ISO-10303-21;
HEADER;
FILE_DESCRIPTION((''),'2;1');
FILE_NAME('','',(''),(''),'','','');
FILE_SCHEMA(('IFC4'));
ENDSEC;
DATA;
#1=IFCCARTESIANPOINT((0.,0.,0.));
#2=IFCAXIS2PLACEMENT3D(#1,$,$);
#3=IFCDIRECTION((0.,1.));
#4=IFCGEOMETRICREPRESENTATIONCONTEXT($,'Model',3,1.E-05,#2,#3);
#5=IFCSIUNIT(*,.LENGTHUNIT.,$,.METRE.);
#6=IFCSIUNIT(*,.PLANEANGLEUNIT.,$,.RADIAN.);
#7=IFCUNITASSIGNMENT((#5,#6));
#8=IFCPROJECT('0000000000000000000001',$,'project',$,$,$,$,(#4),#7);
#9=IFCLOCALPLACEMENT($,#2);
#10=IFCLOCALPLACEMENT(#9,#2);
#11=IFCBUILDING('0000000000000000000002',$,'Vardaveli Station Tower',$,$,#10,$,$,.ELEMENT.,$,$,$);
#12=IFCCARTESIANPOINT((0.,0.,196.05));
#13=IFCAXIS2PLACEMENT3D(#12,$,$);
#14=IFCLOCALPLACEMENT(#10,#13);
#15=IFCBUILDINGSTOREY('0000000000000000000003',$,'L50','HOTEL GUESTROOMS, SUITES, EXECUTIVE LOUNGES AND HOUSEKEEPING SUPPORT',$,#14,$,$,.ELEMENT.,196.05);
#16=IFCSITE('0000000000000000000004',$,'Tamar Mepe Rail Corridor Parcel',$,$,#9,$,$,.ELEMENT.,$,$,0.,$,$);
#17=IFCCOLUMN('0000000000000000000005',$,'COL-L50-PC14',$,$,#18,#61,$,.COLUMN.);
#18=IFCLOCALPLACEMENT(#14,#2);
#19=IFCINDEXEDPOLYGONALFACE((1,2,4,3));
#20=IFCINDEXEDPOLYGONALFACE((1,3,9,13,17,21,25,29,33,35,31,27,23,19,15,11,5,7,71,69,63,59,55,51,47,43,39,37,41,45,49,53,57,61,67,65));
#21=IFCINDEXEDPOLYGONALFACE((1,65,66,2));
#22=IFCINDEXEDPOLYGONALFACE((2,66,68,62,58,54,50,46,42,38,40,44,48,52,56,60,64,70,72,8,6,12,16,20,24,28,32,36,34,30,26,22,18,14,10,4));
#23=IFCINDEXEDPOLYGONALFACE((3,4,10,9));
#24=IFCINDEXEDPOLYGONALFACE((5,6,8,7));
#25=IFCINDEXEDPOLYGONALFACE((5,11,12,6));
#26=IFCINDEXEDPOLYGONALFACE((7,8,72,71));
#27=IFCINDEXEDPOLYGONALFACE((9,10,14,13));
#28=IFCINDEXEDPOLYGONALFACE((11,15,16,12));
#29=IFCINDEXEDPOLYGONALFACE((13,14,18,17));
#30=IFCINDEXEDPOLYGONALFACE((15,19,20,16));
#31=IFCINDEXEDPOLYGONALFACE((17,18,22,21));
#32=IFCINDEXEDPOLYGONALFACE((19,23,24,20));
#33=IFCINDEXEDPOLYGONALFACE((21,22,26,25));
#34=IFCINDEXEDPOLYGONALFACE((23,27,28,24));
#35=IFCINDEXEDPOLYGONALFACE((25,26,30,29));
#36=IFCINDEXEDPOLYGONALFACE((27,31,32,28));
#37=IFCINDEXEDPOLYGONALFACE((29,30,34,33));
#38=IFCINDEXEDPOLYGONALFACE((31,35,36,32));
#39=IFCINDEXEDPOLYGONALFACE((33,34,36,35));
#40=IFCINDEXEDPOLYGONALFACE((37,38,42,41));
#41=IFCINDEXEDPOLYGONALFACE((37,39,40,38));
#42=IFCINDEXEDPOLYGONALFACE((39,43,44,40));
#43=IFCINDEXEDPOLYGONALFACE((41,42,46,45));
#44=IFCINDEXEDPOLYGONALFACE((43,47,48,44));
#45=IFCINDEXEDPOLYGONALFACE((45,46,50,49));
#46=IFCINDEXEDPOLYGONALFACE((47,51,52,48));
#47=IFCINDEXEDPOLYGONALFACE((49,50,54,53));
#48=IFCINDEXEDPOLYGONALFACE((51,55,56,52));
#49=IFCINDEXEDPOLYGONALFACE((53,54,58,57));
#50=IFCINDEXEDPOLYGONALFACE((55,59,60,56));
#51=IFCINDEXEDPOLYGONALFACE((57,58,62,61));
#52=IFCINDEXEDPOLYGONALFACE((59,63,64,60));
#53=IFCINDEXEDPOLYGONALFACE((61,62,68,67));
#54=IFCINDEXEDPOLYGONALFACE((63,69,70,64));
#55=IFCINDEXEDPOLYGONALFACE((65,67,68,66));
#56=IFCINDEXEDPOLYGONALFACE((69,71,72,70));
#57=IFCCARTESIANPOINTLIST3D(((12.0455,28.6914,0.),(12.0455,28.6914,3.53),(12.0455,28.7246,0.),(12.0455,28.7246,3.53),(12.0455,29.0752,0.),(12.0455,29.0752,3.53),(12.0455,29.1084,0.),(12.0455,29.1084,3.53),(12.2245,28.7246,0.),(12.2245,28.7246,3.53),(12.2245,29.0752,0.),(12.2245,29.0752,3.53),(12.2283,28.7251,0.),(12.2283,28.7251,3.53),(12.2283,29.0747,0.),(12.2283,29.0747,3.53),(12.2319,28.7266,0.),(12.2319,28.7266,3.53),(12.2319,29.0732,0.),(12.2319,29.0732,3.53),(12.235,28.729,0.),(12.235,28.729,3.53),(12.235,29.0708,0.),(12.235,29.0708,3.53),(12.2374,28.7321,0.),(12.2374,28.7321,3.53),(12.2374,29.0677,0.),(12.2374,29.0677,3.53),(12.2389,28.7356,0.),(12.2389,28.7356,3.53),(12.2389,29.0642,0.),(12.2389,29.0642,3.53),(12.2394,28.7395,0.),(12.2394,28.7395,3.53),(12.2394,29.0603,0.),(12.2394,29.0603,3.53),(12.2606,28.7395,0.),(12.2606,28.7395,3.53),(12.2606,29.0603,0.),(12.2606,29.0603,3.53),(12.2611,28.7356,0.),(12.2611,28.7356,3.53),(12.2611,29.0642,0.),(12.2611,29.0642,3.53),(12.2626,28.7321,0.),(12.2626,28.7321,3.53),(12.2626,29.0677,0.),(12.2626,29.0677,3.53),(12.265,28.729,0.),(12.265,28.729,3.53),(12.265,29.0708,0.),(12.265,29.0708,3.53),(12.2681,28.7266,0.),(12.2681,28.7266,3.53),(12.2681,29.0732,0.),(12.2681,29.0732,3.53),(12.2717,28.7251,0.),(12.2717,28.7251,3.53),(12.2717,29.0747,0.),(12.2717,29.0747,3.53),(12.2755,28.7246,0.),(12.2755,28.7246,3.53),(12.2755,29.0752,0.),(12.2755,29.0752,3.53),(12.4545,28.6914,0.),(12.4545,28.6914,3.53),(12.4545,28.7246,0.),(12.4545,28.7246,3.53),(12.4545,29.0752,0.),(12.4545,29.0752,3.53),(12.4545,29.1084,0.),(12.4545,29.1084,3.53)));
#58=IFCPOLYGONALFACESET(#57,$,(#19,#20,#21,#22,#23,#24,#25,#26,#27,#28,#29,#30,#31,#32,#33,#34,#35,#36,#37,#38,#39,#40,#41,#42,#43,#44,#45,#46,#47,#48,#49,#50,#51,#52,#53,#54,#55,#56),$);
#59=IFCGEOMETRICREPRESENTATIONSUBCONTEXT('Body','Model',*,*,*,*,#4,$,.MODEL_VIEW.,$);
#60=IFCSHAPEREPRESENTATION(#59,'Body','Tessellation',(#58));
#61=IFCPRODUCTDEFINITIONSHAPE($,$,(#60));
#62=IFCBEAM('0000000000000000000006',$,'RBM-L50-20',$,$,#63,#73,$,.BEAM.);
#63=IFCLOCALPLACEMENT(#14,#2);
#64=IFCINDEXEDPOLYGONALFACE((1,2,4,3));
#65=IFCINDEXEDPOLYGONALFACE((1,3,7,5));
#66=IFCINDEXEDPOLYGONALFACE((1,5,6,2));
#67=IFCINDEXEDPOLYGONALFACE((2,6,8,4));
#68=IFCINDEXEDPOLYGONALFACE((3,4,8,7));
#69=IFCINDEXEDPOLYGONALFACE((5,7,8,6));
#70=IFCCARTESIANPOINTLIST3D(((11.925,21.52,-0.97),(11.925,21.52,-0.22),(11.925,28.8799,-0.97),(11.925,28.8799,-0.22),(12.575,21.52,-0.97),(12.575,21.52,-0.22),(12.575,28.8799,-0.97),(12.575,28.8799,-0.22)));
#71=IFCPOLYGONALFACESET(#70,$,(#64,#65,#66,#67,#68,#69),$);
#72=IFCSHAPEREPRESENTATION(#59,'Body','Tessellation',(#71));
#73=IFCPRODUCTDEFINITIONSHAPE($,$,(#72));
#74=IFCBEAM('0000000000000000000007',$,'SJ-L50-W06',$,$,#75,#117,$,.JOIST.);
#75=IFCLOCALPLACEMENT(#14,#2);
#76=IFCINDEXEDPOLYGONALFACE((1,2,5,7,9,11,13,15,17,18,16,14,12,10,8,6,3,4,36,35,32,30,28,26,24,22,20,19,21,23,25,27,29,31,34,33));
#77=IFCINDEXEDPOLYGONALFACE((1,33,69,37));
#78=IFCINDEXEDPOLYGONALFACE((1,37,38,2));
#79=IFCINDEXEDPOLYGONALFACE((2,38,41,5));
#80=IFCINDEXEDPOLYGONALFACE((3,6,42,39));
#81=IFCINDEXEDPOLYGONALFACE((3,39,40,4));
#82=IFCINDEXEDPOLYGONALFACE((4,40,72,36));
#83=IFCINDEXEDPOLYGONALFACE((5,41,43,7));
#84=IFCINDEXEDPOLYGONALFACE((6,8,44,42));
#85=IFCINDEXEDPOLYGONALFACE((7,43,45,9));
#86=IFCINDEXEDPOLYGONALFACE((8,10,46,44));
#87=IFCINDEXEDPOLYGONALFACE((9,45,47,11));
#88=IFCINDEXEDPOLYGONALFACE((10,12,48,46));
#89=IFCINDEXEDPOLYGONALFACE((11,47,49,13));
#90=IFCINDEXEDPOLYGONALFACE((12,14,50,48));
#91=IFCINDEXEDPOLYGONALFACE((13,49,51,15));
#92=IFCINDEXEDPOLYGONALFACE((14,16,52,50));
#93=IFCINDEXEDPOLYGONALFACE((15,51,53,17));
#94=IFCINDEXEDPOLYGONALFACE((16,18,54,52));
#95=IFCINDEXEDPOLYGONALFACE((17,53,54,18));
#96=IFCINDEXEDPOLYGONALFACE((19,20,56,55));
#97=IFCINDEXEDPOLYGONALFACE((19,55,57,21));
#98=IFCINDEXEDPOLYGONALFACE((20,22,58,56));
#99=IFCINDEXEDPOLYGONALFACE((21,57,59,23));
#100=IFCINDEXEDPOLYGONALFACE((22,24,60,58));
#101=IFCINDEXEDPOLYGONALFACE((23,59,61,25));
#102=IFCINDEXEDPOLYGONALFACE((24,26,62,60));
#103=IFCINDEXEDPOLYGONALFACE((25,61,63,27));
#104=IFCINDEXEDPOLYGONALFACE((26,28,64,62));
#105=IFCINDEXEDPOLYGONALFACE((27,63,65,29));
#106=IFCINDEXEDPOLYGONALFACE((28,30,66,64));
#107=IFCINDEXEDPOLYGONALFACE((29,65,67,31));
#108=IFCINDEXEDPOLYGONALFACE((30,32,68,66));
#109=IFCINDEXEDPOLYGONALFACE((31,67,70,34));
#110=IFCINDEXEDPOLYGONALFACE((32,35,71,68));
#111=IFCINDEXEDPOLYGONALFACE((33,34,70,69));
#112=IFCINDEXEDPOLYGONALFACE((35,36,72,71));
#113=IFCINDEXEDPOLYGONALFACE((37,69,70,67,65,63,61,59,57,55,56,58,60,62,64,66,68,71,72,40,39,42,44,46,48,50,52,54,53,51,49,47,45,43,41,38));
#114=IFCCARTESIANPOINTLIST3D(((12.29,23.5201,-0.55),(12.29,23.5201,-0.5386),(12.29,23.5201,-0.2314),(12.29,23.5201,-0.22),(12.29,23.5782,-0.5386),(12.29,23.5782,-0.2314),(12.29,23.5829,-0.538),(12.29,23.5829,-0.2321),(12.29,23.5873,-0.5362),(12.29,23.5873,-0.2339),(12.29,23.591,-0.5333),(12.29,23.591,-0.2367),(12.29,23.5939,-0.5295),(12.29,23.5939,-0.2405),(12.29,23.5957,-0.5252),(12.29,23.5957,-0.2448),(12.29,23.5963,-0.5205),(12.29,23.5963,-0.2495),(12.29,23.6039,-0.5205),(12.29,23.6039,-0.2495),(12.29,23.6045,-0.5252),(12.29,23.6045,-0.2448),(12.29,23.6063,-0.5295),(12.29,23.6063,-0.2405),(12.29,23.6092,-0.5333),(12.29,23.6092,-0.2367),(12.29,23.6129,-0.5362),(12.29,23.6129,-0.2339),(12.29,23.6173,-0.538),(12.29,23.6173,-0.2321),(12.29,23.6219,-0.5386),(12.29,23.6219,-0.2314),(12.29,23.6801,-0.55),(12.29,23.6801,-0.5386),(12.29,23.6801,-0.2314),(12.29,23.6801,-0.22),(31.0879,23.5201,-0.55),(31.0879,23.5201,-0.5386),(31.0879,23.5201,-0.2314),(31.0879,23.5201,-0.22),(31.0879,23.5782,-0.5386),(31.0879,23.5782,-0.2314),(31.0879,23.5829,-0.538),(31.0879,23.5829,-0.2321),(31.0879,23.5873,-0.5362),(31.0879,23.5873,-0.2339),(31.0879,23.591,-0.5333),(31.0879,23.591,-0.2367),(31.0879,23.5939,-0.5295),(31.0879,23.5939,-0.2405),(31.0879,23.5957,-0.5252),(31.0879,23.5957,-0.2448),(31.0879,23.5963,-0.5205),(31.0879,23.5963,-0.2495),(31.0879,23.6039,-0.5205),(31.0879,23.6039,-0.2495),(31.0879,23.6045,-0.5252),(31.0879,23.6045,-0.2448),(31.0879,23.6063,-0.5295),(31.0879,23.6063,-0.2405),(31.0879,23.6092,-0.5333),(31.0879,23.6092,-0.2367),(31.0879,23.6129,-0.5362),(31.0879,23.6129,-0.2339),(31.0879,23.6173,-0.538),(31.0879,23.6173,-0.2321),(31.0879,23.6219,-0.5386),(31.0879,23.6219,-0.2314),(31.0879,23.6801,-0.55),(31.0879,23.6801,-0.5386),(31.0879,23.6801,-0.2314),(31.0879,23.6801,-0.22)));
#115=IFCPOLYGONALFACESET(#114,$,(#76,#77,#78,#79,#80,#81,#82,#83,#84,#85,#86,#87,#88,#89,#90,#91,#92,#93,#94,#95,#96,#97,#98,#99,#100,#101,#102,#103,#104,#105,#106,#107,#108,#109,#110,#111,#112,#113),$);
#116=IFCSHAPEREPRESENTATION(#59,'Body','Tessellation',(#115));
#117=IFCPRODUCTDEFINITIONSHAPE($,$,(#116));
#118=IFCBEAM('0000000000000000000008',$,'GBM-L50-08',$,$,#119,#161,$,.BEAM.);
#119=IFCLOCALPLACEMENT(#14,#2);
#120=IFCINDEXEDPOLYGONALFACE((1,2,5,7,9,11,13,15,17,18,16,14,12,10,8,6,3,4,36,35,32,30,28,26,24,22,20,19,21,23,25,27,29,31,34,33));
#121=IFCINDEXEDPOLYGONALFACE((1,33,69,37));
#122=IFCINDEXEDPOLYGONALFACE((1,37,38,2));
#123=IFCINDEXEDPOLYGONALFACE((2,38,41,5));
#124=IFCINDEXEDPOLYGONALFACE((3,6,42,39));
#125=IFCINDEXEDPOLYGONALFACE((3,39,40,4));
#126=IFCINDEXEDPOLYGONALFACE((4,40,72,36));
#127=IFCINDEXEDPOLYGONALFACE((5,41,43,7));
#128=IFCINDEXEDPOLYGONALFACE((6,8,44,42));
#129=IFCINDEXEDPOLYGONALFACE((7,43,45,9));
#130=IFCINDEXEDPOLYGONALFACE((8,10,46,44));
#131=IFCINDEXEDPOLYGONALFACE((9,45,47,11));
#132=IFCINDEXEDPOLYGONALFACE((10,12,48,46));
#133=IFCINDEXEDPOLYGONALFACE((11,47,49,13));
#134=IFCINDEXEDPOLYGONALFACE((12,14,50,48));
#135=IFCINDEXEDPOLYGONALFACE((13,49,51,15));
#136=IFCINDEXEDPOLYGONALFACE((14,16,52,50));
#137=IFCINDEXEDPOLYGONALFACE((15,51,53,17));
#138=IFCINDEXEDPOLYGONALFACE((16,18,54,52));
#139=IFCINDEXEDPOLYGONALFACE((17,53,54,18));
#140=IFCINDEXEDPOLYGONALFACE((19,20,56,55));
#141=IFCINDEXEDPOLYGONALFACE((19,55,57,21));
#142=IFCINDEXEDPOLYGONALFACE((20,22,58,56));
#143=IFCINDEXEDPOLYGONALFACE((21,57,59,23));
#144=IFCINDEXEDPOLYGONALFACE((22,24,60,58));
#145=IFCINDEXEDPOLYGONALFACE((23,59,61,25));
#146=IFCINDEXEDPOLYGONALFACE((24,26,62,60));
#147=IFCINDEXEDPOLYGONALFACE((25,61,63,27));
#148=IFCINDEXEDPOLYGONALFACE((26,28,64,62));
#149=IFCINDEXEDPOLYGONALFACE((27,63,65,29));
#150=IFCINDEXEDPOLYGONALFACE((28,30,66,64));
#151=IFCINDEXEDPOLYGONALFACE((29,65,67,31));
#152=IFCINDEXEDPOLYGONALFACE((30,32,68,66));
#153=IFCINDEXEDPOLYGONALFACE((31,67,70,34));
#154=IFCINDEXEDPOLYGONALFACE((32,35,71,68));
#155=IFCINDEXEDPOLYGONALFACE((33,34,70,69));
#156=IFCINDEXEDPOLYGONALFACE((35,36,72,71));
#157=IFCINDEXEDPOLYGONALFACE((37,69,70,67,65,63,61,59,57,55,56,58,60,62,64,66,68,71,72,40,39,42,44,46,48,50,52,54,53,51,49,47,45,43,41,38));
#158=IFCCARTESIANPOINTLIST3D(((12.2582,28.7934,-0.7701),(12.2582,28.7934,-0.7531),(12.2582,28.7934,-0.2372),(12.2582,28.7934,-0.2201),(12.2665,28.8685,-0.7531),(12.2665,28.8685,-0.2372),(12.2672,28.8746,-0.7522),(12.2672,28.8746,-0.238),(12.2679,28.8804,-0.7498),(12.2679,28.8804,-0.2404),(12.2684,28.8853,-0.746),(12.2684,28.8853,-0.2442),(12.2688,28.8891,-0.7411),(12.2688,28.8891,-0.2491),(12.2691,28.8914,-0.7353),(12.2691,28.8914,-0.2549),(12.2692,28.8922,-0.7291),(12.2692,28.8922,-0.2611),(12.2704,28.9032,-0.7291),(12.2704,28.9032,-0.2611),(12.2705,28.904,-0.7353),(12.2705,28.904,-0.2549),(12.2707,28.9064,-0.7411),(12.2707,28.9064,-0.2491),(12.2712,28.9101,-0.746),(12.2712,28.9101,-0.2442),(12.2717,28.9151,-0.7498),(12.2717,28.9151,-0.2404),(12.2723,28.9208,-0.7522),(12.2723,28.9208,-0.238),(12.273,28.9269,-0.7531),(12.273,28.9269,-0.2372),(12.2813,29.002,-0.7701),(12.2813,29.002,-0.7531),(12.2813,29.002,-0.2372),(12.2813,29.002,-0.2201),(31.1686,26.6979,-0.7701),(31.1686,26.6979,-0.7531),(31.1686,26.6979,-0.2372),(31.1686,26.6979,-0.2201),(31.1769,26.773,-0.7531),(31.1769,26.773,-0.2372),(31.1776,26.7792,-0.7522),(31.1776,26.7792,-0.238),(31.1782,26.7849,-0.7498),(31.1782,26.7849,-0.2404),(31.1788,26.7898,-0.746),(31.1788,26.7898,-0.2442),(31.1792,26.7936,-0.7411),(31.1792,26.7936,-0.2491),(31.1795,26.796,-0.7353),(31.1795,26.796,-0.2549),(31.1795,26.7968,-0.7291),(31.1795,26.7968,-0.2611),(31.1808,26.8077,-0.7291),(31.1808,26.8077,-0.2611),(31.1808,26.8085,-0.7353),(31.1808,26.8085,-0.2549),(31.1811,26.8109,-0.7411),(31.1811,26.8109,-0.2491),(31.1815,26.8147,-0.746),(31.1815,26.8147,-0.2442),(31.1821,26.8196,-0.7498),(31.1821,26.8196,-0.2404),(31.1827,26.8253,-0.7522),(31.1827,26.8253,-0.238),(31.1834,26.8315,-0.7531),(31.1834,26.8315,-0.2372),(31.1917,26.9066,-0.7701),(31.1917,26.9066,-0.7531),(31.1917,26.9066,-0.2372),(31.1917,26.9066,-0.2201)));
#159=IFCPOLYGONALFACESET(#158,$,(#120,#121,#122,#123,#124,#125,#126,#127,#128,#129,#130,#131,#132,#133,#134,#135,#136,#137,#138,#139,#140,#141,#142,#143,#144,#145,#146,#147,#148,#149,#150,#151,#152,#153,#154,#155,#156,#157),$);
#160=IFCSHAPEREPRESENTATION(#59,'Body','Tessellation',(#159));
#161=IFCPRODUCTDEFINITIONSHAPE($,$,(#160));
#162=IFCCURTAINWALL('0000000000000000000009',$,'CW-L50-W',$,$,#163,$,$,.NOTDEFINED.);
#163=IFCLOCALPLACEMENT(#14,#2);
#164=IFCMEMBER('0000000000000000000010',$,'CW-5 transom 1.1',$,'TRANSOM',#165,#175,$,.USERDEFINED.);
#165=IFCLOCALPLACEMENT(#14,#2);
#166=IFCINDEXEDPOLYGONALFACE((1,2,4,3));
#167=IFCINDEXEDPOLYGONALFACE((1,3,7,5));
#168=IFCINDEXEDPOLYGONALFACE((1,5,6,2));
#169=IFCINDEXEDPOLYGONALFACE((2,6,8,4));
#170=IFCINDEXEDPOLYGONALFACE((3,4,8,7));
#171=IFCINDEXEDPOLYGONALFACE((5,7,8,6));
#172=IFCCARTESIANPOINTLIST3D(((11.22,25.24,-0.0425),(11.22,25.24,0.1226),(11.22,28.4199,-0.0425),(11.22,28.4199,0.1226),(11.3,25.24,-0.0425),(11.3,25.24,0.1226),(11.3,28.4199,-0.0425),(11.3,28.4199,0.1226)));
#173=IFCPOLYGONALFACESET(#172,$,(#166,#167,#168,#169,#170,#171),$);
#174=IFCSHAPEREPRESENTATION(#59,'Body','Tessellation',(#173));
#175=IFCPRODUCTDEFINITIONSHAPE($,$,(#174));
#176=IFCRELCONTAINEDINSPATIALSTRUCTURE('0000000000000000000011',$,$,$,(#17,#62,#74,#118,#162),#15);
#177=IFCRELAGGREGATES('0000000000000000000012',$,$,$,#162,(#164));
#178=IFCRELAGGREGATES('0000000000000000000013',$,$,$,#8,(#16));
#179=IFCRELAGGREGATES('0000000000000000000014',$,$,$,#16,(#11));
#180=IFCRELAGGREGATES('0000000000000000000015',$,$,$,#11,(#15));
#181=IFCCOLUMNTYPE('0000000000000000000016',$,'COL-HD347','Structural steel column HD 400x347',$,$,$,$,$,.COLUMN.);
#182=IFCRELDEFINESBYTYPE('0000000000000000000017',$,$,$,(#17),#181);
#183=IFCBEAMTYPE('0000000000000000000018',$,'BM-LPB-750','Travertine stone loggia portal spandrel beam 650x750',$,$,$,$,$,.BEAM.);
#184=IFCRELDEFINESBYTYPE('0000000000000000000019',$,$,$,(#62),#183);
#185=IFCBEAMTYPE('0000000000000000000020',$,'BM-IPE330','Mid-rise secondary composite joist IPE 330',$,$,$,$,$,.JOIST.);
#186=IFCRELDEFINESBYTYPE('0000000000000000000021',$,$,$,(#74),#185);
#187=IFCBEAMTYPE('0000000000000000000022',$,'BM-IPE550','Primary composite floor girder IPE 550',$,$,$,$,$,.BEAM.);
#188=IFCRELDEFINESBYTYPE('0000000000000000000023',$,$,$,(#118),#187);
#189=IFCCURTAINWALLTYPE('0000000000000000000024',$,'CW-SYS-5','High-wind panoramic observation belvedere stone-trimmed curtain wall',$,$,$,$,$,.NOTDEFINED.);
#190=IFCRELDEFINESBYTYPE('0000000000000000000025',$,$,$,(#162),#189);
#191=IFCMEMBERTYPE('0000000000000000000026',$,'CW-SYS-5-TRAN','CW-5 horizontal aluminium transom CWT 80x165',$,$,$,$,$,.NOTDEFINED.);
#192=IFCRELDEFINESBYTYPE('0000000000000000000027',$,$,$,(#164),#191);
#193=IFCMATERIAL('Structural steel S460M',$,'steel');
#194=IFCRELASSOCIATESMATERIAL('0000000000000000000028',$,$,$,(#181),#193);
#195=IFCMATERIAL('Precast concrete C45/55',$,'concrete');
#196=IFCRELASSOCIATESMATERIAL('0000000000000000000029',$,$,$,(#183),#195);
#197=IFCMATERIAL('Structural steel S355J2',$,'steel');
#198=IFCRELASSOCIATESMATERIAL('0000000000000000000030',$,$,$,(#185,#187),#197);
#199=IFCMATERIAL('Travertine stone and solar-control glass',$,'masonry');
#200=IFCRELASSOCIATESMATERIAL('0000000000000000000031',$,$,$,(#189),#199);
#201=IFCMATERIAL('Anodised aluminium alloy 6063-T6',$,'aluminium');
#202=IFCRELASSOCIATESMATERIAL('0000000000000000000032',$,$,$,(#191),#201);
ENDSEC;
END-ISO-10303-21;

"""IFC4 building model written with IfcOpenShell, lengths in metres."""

from ifc_helpers import new_model, si_unit, direction, frame, origin, origin_2d, place, context, subcontext, project, spatial, rectangle, i_section, extrude, source, transform, mapped, material, material_profile, profile_set, type_object, element, aggregate, save


model = new_model("IFC4")

# Units and contexts
model_context = context("Model", 3, precision=1e-05, world=origin(), true_north=direction((0.0, 1.0)))
body_context = subcontext(model_context, "Body", "Model", "MODEL_VIEW")
ifc_project = project(units=[si_unit("LENGTHUNIT", "METRE"), si_unit("PLANEANGLEUNIT", "RADIAN")], contexts=[model_context])

# Site, building, storey
site_placement = place(None, origin())
site = spatial("IfcSite", under=ifc_project, at=site_placement, Name="Tamar Mepe Rail Corridor Parcel", CompositionType="ELEMENT", RefElevation=0.0)
building_placement = place(site_placement, origin())
building = spatial("IfcBuilding", under=site, at=building_placement, Name="Vardaveli Station Tower", CompositionType="ELEMENT")
storey_placement = place(building_placement, frame((0.0, 0.0, 196.05)))
storey = spatial("IfcBuildingStorey", under=building, at=storey_placement, Name="L50", Description="HOTEL GUESTROOMS, SUITES, EXECUTIVE LOUNGES AND HOUSEKEEPING SUPPORT", CompositionType="ELEMENT", Elevation=196.05)

# Column
ifc_material_1 = material(Name="Structural steel S460M", Category="steel")
ifc_material_profile_1 = material_profile(ifc_material_1, i_section(OverallWidth=0.4089, OverallDepth=0.417, WebThickness=0.0212, FlangeThickness=0.0332, FilletRadius=0.0149, at=origin_2d()), Name="HD 400x347")
ifc_profile_set_1 = profile_set([ifc_material_profile_1], Name="Structural steel S460M")
column_type = type_object("IfcColumnType", Name="COL-HD347", Description="Structural steel column HD 400x347", PredefinedType="COLUMN", material=ifc_profile_set_1)
shared_shape_1 = source(origin(), body_context, "Body", "SweptSolid", [
    extrude(i_section(OverallWidth=0.4089, OverallDepth=0.417, WebThickness=0.0212, FlangeThickness=0.0332, FilletRadius=0.0149, at=origin_2d()), origin(), (0.0, 0.0, 1.0), 3.53),
])
column_placement = place(storey_placement, frame((12.25, 28.8999, 0.0), z_axis=(0.0, 0.0, 1.0), x_axis=(1.0, 0.0, 0.0)))
element("IfcColumn", 1, at=column_placement, inside=storey, type_object=column_type, Name="COL-L50-PC14", PredefinedType="COLUMN", context=body_context, shape_type="MappedRepresentation", body=[
    mapped(shared_shape_1, transform((0.0, 0.0, 0.0), scale=1.0)),
])

# Beams
ifc_material_2 = material(Name="Precast concrete C45/55", Category="concrete")
ifc_material_profile_2 = material_profile(ifc_material_2, rectangle(XDim=0.6499, YDim=0.75, at=origin_2d()), Name="LPB 650x750")
ifc_profile_set_2 = profile_set([ifc_material_profile_2], Name="Precast concrete C45/55")
beam_type_1 = type_object("IfcBeamType", Name="BM-LPB-750", Description="Travertine stone loggia portal spandrel beam 650x750", PredefinedType="BEAM", material=ifc_profile_set_2)
shared_shape_2 = source(origin(), body_context, "Body", "SweptSolid", [
    extrude(rectangle(XDim=0.6499, YDim=0.75, at=origin_2d()), origin(), (0.0, 0.0, 1.0), 7.3599),
])
beam_1_placement = place(storey_placement, frame((12.25, 28.8799, -0.595), z_axis=(0.0, -1.0, 0.0), x_axis=(1.0, 0.0, 0.0)))
element("IfcBeam", 2, at=beam_1_placement, inside=storey, type_object=beam_type_1, Name="RBM-L50-20", PredefinedType="BEAM", context=body_context, shape_type="MappedRepresentation", body=[
    mapped(shared_shape_2, transform((0.0, 0.0, 0.0), scale=1.0)),
])
ifc_material_3 = material(Name="Structural steel S355J2", Category="steel")
ifc_material_profile_3 = material_profile(ifc_material_3, i_section(OverallWidth=0.1599, OverallDepth=0.3301, WebThickness=0.0076, FlangeThickness=0.0115, FilletRadius=0.0181, at=origin_2d()), Name="IPE 330")
ifc_profile_set_3 = profile_set([ifc_material_profile_3], Name="Structural steel S355J2")
beam_type_2 = type_object("IfcBeamType", Name="BM-IPE330", Description="Mid-rise secondary composite joist IPE 330", PredefinedType="JOIST", material=ifc_profile_set_3)
shared_shape_3 = source(origin(), body_context, "Body", "SweptSolid", [
    extrude(i_section(OverallWidth=0.1599, OverallDepth=0.3301, WebThickness=0.0076, FlangeThickness=0.0115, FilletRadius=0.0181, at=origin_2d()), origin(), (0.0, 0.0, 1.0), 18.7979),
])
beam_2_placement = place(storey_placement, frame((12.29, 23.6001, -0.385), z_axis=(1.0, 0.0, 0.0), x_axis=(0.0, 1.0, 0.0)))
element("IfcBeam", 3, at=beam_2_placement, inside=storey, type_object=beam_type_2, Name="SJ-L50-W06", PredefinedType="JOIST", context=body_context, shape_type="MappedRepresentation", body=[
    mapped(shared_shape_3, transform((0.0, 0.0, 0.0), scale=1.0)),
])
ifc_material_profile_4 = material_profile(ifc_material_3, i_section(OverallWidth=0.21, OverallDepth=0.55, WebThickness=0.011, FlangeThickness=0.0171, FilletRadius=0.0239, at=origin_2d()), Name="IPE 550")
ifc_profile_set_4 = profile_set([ifc_material_profile_4], Name="Structural steel S355J2")
beam_type_3 = type_object("IfcBeamType", Name="BM-IPE550", Description="Primary composite floor girder IPE 550", PredefinedType="BEAM", material=ifc_profile_set_4)
shared_shape_4 = source(origin(), body_context, "Body", "SweptSolid", [
    extrude(i_section(OverallWidth=0.21, OverallDepth=0.55, WebThickness=0.011, FlangeThickness=0.0171, FilletRadius=0.0239, at=origin_2d()), origin(), (0.0, 0.0, 1.0), 19.0261),
])
beam_3_placement = place(storey_placement, frame((12.2698, 28.8977, -0.4951), z_axis=(0.993917, -0.110136, 0.0), x_axis=(0.110136, 0.993917, 0.0)))
element("IfcBeam", 4, at=beam_3_placement, inside=storey, type_object=beam_type_3, Name="GBM-L50-08", PredefinedType="BEAM", context=body_context, shape_type="MappedRepresentation", body=[
    mapped(shared_shape_4, transform((0.0, 0.0, 0.0), scale=1.0)),
])

# Curtain wall, member
ifc_material_4 = material(Name="Travertine stone and solar-control glass", Category="masonry")
curtain_wall_type = type_object("IfcCurtainWallType", Name="CW-SYS-5", Description="High-wind panoramic observation belvedere stone-trimmed curtain wall", PredefinedType="NOTDEFINED", material=ifc_material_4)
curtain_wall_placement = place(storey_placement, origin())
curtain_wall = element("IfcCurtainWall", 5, at=curtain_wall_placement, inside=storey, type_object=curtain_wall_type, Name="CW-L50-W", PredefinedType="NOTDEFINED")
ifc_material_5 = material(Name="Anodised aluminium alloy 6063-T6", Category="aluminium")
ifc_material_profile_5 = material_profile(ifc_material_5, rectangle(XDim=0.0801, YDim=0.165, at=origin_2d()), Name="CWT 80x165")
ifc_profile_set_5 = profile_set([ifc_material_profile_5], Name="Anodised aluminium alloy 6063-T6")
member_type_1 = type_object("IfcMemberType", Name="CW-SYS-5-TRAN", Description="CW-5 horizontal aluminium transom CWT 80x165", PredefinedType="NOTDEFINED", material=ifc_profile_set_5)
shared_shape_5 = source(origin(), body_context, "Body", "SweptSolid", [
    extrude(rectangle(XDim=0.0801, YDim=0.165, at=origin_2d()), origin(), (0.0, 0.0, 1.0), 3.1799),
])
member_1_placement = place(storey_placement, frame((11.26, 28.4199, 0.04), z_axis=(0.0, -1.0, 0.0), x_axis=(1.0, 0.0, 0.0)))
member_1 = element("IfcMember", 6, at=member_1_placement, type_object=member_type_1, Name="CW-5 transom 1.1", ObjectType="TRANSOM", PredefinedType="USERDEFINED", context=body_context, shape_type="MappedRepresentation", body=[
    mapped(shared_shape_5, transform((0.0, 0.0, 0.0), scale=1.0)),
])
aggregate(curtain_wall, [member_1])

save(model, "model.ifc")
